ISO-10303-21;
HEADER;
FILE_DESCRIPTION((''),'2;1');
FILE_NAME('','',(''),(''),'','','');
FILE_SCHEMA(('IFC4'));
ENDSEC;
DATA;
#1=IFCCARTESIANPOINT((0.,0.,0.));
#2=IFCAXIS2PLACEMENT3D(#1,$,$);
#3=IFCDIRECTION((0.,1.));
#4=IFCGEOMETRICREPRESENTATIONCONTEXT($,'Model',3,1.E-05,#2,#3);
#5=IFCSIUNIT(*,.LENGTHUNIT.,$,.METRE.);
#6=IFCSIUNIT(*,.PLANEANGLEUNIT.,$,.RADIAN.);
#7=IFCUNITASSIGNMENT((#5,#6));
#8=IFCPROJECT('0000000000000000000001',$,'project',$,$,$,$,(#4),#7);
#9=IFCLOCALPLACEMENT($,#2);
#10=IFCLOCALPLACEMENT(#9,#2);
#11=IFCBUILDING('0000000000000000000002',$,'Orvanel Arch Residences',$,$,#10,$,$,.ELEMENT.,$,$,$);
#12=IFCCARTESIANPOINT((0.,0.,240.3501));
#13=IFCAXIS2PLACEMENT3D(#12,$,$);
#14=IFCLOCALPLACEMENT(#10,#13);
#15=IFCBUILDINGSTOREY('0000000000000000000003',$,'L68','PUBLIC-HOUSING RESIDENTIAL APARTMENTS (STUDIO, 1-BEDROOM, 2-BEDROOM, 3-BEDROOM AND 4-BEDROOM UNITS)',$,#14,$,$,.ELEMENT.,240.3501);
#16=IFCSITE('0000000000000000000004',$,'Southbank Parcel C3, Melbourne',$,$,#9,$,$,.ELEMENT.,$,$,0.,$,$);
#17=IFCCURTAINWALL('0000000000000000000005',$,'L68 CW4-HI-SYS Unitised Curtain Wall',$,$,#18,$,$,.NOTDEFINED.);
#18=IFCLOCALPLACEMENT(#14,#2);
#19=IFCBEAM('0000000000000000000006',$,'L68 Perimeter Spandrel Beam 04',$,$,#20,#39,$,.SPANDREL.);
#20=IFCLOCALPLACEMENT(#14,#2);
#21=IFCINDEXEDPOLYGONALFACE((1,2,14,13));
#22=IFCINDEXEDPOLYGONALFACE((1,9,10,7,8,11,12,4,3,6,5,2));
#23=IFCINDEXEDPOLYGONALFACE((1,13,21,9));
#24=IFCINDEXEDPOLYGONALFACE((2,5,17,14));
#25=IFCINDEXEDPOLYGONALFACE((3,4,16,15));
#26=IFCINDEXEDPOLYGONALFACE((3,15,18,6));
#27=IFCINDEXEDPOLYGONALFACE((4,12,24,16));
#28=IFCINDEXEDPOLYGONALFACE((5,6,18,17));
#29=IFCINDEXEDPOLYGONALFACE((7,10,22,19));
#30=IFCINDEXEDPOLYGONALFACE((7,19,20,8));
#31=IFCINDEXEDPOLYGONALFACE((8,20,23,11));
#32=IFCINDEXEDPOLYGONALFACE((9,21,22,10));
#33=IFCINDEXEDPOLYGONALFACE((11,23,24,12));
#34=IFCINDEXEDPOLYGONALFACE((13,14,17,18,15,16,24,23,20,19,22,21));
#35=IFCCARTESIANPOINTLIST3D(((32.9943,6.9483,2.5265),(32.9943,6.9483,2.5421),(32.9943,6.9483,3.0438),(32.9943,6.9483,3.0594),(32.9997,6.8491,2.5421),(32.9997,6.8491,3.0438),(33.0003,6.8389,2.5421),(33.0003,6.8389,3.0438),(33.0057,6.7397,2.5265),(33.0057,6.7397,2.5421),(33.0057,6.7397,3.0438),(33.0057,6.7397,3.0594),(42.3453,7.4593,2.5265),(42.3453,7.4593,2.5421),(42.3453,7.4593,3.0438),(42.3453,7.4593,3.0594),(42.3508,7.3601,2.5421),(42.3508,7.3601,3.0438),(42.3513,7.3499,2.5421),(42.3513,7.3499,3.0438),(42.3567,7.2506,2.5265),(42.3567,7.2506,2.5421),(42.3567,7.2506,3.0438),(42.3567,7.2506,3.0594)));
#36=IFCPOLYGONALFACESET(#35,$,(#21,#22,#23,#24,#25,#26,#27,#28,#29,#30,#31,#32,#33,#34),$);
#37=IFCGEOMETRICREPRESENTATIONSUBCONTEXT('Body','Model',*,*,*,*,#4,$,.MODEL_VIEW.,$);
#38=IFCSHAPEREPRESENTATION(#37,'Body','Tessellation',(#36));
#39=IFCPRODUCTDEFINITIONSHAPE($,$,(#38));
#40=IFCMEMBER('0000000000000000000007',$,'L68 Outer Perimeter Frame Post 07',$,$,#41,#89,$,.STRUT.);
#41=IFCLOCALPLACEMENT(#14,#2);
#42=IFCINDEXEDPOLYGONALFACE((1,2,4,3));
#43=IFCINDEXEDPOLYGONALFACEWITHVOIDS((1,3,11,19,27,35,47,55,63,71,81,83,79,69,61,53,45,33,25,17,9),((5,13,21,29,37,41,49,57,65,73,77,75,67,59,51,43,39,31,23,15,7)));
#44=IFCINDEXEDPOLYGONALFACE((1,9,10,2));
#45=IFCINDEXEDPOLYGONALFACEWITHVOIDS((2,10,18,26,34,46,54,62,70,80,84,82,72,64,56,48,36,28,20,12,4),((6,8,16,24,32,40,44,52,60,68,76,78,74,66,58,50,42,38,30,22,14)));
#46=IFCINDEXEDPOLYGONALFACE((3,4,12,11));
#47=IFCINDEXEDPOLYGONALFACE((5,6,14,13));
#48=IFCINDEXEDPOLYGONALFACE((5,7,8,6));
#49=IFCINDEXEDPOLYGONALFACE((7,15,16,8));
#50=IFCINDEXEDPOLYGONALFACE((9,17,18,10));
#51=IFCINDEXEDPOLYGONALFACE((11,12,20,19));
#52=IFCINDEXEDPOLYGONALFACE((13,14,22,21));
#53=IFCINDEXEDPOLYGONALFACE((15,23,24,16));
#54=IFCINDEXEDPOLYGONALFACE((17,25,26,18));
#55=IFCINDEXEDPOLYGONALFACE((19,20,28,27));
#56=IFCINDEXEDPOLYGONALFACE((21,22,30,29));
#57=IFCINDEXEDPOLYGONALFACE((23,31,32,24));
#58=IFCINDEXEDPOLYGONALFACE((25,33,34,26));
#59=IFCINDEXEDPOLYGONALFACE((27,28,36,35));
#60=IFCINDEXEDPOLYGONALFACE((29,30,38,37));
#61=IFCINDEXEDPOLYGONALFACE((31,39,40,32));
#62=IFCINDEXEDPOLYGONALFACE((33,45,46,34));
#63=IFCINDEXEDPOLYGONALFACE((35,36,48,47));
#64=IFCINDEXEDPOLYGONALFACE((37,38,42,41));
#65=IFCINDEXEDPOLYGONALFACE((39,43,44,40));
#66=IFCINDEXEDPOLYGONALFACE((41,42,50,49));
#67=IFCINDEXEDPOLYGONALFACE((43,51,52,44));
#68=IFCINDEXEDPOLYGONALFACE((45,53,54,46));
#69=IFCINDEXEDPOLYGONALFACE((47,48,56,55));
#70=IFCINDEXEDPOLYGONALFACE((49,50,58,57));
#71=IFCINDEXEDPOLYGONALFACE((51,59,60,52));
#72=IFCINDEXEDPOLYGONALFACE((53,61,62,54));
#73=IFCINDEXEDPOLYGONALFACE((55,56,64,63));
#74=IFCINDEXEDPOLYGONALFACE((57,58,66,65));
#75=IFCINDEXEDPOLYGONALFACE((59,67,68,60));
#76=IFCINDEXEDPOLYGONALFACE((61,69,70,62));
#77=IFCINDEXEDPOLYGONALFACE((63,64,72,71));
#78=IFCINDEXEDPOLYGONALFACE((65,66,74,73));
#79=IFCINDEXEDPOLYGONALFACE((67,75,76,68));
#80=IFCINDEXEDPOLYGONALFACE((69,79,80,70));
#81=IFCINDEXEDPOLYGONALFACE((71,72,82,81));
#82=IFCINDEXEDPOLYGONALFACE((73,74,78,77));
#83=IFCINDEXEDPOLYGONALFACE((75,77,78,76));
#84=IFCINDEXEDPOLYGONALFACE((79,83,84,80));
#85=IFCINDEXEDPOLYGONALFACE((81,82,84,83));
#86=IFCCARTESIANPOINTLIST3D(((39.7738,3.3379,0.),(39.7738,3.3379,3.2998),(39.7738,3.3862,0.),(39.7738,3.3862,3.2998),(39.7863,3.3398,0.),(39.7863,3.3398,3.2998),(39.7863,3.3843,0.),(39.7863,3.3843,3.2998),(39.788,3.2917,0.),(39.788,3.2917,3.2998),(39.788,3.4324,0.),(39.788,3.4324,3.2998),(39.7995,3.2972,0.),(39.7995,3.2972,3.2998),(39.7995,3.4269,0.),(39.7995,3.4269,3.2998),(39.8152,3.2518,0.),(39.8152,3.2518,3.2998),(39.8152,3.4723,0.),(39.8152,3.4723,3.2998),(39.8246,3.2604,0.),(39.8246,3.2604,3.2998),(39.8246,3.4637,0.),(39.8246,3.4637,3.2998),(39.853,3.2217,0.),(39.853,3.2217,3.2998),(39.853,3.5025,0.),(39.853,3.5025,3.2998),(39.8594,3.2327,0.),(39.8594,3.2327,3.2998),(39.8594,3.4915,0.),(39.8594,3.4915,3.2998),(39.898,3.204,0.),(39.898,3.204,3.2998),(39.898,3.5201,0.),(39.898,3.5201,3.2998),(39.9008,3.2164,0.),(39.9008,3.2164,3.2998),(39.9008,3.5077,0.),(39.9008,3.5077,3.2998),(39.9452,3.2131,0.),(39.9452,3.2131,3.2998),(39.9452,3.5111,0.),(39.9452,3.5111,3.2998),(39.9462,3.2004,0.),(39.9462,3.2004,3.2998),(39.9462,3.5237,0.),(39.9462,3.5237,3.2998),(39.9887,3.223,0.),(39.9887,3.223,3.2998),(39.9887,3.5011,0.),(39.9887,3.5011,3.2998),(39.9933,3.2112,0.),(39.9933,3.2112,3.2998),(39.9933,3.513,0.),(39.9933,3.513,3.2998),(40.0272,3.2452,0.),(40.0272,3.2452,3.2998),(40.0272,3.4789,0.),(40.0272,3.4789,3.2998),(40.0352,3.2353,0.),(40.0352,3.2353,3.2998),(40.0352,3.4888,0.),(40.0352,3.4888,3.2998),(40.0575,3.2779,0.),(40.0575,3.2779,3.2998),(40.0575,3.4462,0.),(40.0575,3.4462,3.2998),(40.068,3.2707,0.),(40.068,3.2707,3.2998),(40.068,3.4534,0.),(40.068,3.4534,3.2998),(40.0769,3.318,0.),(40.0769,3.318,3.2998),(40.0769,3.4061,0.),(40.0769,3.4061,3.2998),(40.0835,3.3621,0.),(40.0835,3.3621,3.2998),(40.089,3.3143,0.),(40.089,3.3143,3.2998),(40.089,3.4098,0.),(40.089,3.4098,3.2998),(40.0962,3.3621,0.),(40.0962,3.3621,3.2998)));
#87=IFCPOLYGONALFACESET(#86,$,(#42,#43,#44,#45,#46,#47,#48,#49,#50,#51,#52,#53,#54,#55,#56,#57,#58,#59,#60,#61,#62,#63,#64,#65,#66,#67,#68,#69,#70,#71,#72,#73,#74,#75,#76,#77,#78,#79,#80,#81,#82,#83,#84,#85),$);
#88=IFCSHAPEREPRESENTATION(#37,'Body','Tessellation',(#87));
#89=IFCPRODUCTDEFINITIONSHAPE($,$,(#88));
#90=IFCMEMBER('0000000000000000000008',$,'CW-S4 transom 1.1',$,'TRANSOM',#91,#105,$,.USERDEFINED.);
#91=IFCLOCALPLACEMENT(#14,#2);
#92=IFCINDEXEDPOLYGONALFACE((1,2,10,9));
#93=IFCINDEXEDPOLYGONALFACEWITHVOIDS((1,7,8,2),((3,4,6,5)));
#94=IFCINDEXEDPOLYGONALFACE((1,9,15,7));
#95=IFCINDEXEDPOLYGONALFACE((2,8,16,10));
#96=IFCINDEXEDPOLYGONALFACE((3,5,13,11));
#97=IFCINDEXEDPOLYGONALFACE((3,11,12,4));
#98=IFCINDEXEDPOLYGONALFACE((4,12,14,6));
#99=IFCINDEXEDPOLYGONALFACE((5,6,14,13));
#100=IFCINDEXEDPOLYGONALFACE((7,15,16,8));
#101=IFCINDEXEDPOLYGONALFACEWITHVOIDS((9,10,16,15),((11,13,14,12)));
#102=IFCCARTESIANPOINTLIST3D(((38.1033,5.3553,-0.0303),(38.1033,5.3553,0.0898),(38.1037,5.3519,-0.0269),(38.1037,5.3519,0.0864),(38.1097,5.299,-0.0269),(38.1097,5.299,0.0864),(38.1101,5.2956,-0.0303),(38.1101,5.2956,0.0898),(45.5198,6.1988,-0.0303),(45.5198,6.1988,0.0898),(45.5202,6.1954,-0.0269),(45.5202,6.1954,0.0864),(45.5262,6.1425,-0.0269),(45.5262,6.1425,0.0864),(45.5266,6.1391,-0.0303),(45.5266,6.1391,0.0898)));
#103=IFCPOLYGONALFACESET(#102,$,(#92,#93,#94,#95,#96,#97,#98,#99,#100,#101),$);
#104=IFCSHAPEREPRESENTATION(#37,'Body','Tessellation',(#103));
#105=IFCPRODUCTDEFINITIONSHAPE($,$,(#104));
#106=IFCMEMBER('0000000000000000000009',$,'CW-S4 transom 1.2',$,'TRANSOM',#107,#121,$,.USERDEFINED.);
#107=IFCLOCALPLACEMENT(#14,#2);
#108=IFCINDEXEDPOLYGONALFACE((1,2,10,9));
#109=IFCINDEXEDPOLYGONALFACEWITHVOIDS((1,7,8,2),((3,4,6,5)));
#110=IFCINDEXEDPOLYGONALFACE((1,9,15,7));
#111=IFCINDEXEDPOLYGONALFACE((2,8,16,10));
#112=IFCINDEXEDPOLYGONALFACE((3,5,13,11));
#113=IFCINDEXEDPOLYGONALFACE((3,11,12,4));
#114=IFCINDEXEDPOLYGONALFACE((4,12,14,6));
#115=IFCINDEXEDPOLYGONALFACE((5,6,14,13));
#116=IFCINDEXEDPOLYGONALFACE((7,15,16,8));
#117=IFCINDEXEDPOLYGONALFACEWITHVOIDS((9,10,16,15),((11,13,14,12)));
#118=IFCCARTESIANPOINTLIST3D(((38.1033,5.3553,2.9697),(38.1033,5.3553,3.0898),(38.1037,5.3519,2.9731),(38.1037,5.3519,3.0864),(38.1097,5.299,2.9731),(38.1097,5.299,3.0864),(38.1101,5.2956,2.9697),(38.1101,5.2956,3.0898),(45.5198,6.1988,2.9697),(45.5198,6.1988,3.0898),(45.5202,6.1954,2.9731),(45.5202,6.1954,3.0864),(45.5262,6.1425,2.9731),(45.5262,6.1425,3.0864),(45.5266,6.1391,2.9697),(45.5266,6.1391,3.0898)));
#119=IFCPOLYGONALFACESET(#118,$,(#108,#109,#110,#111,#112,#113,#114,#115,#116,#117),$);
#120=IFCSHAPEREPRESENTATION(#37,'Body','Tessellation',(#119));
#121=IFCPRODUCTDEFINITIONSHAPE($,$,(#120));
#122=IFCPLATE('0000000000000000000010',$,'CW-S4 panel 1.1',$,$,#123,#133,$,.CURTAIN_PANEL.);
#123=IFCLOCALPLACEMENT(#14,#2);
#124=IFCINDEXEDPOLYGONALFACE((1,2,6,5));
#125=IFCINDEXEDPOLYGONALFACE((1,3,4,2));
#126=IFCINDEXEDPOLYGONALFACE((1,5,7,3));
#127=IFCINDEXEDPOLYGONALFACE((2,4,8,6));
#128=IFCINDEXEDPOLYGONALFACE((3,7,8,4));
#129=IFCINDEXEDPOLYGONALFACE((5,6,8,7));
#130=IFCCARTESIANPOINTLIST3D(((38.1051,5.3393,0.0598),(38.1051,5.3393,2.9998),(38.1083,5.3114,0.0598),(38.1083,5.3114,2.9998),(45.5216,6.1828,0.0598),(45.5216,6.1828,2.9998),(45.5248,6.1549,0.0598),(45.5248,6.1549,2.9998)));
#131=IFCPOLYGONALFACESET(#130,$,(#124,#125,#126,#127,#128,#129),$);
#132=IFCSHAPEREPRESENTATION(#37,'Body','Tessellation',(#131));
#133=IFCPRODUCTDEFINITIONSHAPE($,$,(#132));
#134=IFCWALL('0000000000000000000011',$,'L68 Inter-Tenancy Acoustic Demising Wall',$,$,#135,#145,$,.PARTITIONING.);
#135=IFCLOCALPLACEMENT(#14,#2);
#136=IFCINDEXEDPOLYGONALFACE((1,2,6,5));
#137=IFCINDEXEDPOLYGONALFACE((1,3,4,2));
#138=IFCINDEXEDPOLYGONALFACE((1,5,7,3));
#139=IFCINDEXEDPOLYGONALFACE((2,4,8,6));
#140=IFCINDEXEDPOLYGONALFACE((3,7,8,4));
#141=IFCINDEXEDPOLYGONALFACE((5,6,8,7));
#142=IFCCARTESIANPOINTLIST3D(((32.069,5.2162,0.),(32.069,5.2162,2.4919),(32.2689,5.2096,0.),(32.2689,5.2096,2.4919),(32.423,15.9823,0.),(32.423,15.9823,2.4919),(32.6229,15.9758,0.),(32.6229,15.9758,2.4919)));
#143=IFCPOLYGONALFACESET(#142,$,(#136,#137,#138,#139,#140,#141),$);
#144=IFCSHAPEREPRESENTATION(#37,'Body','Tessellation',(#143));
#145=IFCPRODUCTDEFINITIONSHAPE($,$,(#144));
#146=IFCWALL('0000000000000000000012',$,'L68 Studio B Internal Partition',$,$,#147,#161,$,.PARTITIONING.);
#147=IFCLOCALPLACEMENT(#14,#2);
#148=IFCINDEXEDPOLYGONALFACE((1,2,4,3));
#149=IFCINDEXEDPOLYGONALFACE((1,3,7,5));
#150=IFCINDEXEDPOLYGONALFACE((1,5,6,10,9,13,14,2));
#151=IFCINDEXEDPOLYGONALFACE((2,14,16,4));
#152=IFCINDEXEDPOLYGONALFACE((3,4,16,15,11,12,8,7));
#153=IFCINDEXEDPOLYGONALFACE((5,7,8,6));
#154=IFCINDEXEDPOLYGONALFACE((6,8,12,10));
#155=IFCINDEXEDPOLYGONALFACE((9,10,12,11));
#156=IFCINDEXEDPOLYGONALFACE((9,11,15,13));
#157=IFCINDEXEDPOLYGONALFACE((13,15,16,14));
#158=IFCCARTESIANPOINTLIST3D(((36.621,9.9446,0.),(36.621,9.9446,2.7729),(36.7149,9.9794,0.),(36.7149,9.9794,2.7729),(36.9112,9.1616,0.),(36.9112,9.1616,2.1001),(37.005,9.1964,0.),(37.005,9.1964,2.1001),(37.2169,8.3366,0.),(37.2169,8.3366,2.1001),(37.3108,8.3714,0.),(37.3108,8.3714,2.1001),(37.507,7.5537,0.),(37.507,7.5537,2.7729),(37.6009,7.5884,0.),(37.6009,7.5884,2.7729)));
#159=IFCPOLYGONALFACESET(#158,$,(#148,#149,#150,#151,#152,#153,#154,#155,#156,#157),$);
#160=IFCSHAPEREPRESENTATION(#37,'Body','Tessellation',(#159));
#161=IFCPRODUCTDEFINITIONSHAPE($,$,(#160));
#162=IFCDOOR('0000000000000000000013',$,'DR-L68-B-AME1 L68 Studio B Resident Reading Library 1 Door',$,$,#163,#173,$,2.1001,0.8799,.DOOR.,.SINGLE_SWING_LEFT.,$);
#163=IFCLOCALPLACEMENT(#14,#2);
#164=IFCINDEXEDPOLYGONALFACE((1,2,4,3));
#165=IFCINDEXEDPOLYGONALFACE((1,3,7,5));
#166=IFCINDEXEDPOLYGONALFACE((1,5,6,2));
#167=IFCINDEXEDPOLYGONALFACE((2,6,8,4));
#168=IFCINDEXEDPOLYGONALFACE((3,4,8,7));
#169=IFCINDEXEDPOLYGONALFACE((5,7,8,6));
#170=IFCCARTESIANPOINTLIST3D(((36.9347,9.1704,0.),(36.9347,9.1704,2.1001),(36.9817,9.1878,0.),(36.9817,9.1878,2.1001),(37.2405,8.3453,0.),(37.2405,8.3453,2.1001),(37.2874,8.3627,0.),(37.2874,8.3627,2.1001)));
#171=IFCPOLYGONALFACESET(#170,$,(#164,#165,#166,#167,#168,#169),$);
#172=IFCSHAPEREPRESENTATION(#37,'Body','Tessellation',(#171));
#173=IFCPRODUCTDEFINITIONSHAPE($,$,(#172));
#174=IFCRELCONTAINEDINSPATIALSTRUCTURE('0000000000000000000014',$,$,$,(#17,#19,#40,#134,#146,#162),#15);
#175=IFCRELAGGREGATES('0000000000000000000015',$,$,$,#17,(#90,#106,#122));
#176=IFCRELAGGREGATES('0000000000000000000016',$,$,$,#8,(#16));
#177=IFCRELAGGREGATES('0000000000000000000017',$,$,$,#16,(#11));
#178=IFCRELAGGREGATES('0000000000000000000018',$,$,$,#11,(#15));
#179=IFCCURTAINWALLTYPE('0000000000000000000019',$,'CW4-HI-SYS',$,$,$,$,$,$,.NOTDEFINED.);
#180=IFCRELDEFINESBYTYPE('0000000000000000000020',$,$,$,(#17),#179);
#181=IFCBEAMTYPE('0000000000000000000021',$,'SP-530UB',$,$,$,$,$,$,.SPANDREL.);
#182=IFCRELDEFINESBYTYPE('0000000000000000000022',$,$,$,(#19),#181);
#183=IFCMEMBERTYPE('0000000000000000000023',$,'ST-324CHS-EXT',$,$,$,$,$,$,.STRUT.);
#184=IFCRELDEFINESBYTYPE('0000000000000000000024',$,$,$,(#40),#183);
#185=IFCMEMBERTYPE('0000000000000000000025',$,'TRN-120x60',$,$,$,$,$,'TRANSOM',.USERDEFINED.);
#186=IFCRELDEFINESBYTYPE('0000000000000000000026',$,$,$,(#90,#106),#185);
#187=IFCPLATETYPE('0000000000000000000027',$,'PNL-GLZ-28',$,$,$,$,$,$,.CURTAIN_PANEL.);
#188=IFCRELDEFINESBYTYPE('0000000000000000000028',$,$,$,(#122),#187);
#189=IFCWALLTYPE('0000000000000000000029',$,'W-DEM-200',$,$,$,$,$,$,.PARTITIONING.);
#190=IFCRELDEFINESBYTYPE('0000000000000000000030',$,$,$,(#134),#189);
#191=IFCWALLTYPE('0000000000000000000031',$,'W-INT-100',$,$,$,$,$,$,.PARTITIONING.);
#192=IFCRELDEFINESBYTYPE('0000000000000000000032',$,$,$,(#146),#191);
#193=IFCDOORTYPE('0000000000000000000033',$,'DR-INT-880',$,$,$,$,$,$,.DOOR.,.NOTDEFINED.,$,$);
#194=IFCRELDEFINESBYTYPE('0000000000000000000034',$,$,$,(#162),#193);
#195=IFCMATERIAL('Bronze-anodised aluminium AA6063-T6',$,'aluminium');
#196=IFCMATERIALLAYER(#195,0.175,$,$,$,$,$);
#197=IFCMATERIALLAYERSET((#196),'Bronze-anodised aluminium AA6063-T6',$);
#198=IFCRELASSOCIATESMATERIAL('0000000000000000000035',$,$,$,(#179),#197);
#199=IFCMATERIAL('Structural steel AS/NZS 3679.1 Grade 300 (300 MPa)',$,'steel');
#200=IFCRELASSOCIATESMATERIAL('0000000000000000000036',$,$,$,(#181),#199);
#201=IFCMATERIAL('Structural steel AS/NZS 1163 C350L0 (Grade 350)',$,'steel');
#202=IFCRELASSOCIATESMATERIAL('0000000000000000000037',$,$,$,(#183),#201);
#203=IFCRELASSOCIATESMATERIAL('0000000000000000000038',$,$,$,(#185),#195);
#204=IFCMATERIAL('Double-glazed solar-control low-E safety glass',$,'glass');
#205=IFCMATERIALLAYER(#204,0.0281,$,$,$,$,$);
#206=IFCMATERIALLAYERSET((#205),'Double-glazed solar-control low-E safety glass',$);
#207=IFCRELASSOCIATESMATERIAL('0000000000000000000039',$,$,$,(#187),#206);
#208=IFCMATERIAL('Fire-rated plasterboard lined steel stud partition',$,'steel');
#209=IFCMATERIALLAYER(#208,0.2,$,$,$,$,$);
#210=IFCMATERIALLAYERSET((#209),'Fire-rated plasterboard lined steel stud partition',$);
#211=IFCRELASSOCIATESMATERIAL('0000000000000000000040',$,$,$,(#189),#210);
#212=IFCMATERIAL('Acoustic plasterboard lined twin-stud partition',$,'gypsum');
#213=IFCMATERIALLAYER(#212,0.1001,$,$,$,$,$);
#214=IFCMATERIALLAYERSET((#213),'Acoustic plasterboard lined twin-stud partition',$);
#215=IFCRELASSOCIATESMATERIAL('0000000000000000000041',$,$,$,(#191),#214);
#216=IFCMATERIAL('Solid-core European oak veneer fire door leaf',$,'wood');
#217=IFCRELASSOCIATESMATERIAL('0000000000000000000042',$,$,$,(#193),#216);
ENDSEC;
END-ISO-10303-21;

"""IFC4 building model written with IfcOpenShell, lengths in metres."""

from ifc_helpers import new_model, si_unit, direction, frame, frame_2d, origin, origin_2d, place, context, subcontext, project, spatial, rectangle, hollow_rectangle, hollow_circle, i_section, extrude, material, layer, layer_set, material_profile, profile_set, type_object, element, fill, aggregate, save


model = new_model("IFC4")

# Units and contexts
model_context = context("Model", 3, precision=1e-05, world=origin(), true_north=direction((0.0, 1.0)))
body_context = subcontext(model_context, "Body", "Model", "MODEL_VIEW")
ifc_project = project(units=[si_unit("LENGTHUNIT", "METRE"), si_unit("PLANEANGLEUNIT", "RADIAN")], contexts=[model_context])

# Site, building, storey
site_placement = place(None, origin())
site = spatial("IfcSite", under=ifc_project, at=site_placement, Name="Southbank Parcel C3, Melbourne", CompositionType="ELEMENT", RefElevation=0.0)
building_placement = place(site_placement, origin())
building = spatial("IfcBuilding", under=site, at=building_placement, Name="Orvanel Arch Residences", CompositionType="ELEMENT")
storey_placement = place(building_placement, frame((0.0, 0.0, 240.3501)))
storey = spatial("IfcBuildingStorey", under=building, at=storey_placement, Name="L68", Description="PUBLIC-HOUSING RESIDENTIAL APARTMENTS (STUDIO, 1-BEDROOM, 2-BEDROOM, 3-BEDROOM AND 4-BEDROOM UNITS)", CompositionType="ELEMENT", Elevation=240.3501)

# Shared definitions
ifc_material_1 = material(Name="Structural steel AS/NZS 1163 C350L0 (Grade 350)", Category="steel")

# Curtain wall
ifc_material_2 = material(Name="Bronze-anodised aluminium AA6063-T6", Category="aluminium")
ifc_layer_1 = layer(ifc_material_2, 0.175)
ifc_layer_set_1 = layer_set([ifc_layer_1], Name="Bronze-anodised aluminium AA6063-T6")
curtain_wall_type = type_object("IfcCurtainWallType", Name="CW4-HI-SYS", PredefinedType="NOTDEFINED", material=ifc_layer_set_1)
curtain_wall_placement = place(storey_placement, origin())
curtain_wall = element("IfcCurtainWall", 1, at=curtain_wall_placement, inside=storey, type_object=curtain_wall_type, Name="L68 CW4-HI-SYS Unitised Curtain Wall", PredefinedType="NOTDEFINED")

# Beam
ifc_material_3 = material(Name="Structural steel AS/NZS 3679.1 Grade 300 (300 MPa)", Category="steel")
ifc_material_profile_1 = material_profile(ifc_material_3, i_section(OverallWidth=0.209, OverallDepth=0.533, WebThickness=0.0103, FlangeThickness=0.0156, at=origin_2d()), Name="530UB92.4")
ifc_profile_set_1 = profile_set([ifc_material_profile_1], Name="Structural steel AS/NZS 3679.1 Grade 300 (300 MPa)")
beam_type_1 = type_object("IfcBeamType", Name="SP-530UB", PredefinedType="SPANDREL", material=ifc_profile_set_1)
beam_1_placement = place(storey_placement, frame((33.0, 6.844, 2.793), z_axis=(0.99851, 0.054563, 0.0), x_axis=(-0.054563, 0.99851, 0.0)))
element("IfcBeam", 2, at=beam_1_placement, inside=storey, type_object=beam_type_1, Name="L68 Perimeter Spandrel Beam 04", PredefinedType="SPANDREL", context=body_context, shape_type="SweptSolid", body=[
    extrude(i_section(OverallWidth=0.209, OverallDepth=0.533, WebThickness=0.0103, FlangeThickness=0.0156, at=origin_2d()), origin(), (0.0, 0.0, 1.0), 9.365),
])

# Members
ifc_material_profile_2 = material_profile(ifc_material_1, hollow_circle(Radius=0.1621, WallThickness=0.0127, at=origin_2d()), Name="CHS324x12.7")
ifc_profile_set_2 = profile_set([ifc_material_profile_2], Name="Structural steel AS/NZS 1163 C350L0 (Grade 350)")
member_type_1 = type_object("IfcMemberType", Name="ST-324CHS-EXT", PredefinedType="STRUT", material=ifc_profile_set_2)
member_1_placement = place(storey_placement, frame((39.9341, 3.3621, 0.0), z_axis=(0.0, 0.0, 1.0), x_axis=(1.0, 0.0, 0.0)))
element("IfcMember", 3, at=member_1_placement, inside=storey, type_object=member_type_1, Name="L68 Outer Perimeter Frame Post 07", PredefinedType="STRUT", context=body_context, shape_type="SweptSolid", body=[
    extrude(hollow_circle(Radius=0.1621, WallThickness=0.0127, at=origin_2d()), origin(), (0.0, 0.0, 1.0), 3.2998),
])
ifc_material_profile_3 = material_profile(ifc_material_2, hollow_rectangle(XDim=0.0601, YDim=0.1201, WallThickness=0.0034, at=origin_2d()), Name="ALU120x60x3.5")
ifc_profile_set_3 = profile_set([ifc_material_profile_3], Name="Bronze-anodised aluminium AA6063-T6")
member_type_2 = type_object("IfcMemberType", Name="TRN-120x60", ElementType="TRANSOM", PredefinedType="USERDEFINED", material=ifc_profile_set_3)
member_2_placement = place(storey_placement, frame((38.1067, 5.3254, 0.0298), z_axis=(0.993594, 0.113005, 0.0), x_axis=(-0.113005, 0.993594, 0.0)))
member_2 = element("IfcMember", 4, at=member_2_placement, type_object=member_type_2, Name="CW-S4 transom 1.1", ObjectType="TRANSOM", PredefinedType="USERDEFINED", context=body_context, shape_type="SweptSolid", body=[
    extrude(hollow_rectangle(XDim=0.0601, YDim=0.1201, WallThickness=0.0034, at=origin_2d()), origin(), (0.0, 0.0, 1.0), 7.4644),
])
member_3_placement = place(storey_placement, frame((38.1067, 5.3254, 3.0298), z_axis=(0.993594, 0.113005, 0.0), x_axis=(-0.113005, 0.993594, 0.0)))
member_3 = element("IfcMember", 5, at=member_3_placement, type_object=member_type_2, Name="CW-S4 transom 1.2", ObjectType="TRANSOM", PredefinedType="USERDEFINED", context=body_context, shape_type="SweptSolid", body=[
    extrude(hollow_rectangle(XDim=0.0601, YDim=0.1201, WallThickness=0.0034, at=origin_2d()), origin(), (0.0, 0.0, 1.0), 7.4644),
])

# Plate
ifc_material_4 = material(Name="Double-glazed solar-control low-E safety glass", Category="glass")
ifc_layer_2 = layer(ifc_material_4, 0.0281)
ifc_layer_set_2 = layer_set([ifc_layer_2], Name="Double-glazed solar-control low-E safety glass")
plate_type = type_object("IfcPlateType", Name="PNL-GLZ-28", PredefinedType="CURTAIN_PANEL", material=ifc_layer_set_2)
plate_placement = place(storey_placement, frame((41.8149, 5.7471, 0.0598), z_axis=(0.0, 0.0, 1.0), x_axis=(0.993595, 0.113, 0.0)))
plate = element("IfcPlate", 6, at=plate_placement, type_object=plate_type, Name="CW-S4 panel 1.1", PredefinedType="CURTAIN_PANEL", context=body_context, shape_type="SweptSolid", body=[
    extrude(rectangle(XDim=7.4644, YDim=0.0281, at=origin_2d()), origin(), (0.0, 0.0, 1.0), 2.9399),
])
aggregate(curtain_wall, [member_2, member_3, plate])

# Wall
ifc_material_5 = material(Name="Fire-rated plasterboard lined steel stud partition", Category="steel")
ifc_layer_3 = layer(ifc_material_5, 0.2)
ifc_layer_set_3 = layer_set([ifc_layer_3], Name="Fire-rated plasterboard lined steel stud partition")
wall_type_1 = type_object("IfcWallType", Name="W-DEM-200", PredefinedType="PARTITIONING", material=ifc_layer_set_3)
wall_1_placement = place(storey_placement, frame((32.1689, 5.2129, 0.0), z_axis=(0.0, 0.0, 1.0), x_axis=(0.032864, 0.99946, 0.0)))
element("IfcWall", 7, at=wall_1_placement, inside=storey, type_object=wall_type_1, Name="L68 Inter-Tenancy Acoustic Demising Wall", PredefinedType="PARTITIONING", context=body_context, shape_type="SweptSolid", body=[
    extrude(rectangle(XDim=10.772, YDim=0.2, at=frame_2d((5.386, 0.0))), origin(), (0.0, 0.0, 1.0), 2.4919),
])

# Wall, opening, door
ifc_material_6 = material(Name="Acoustic plasterboard lined twin-stud partition", Category="gypsum")
ifc_layer_4 = layer(ifc_material_6, 0.1001)
ifc_layer_set_4 = layer_set([ifc_layer_4], Name="Acoustic plasterboard lined twin-stud partition")
wall_type_2 = type_object("IfcWallType", Name="W-INT-100", PredefinedType="PARTITIONING", material=ifc_layer_set_4)
wall_2_placement = place(storey_placement, frame((37.554, 7.571, 0.0), z_axis=(0.0, 0.0, 1.0), x_axis=(-0.34748, 0.937688, 0.0)))
wall_2 = element("IfcWall", 8, at=wall_2_placement, inside=storey, type_object=wall_type_2, Name="L68 Studio B Internal Partition", PredefinedType="PARTITIONING", context=body_context, shape_type="SweptSolid", body=[
    extrude(rectangle(XDim=2.5498, YDim=0.1001, at=frame_2d((1.2749, 0.0))), origin(), (0.0, 0.0, 1.0), 2.7729),
])
opening_1_placement = place(wall_2_placement, frame((0.835, 0.0, 0.0)))
opening_1 = element("IfcOpeningElement", 9, at=opening_1_placement, cuts=wall_2, PredefinedType="OPENING", context=body_context, shape_type="SweptSolid", body=[
    extrude(rectangle(XDim=0.8799, YDim=2.1001, at=frame_2d((0.4399, 1.05))), frame((0.0, 0.0601, 0.0), z_axis=(0.0, -1.0, 0.0), x_axis=(1.0, 0.0, 0.0)), (0.0, 0.0, 1.0), 0.1201),
])
ifc_material_7 = material(Name="Solid-core European oak veneer fire door leaf", Category="wood")
door_type = type_object("IfcDoorType", Name="DR-INT-880", OperationType="NOTDEFINED", PredefinedType="DOOR", material=ifc_material_7)
door_1_placement = place(opening_1_placement, origin())
door_1 = element("IfcDoor", 10, at=door_1_placement, inside=storey, type_object=door_type, Name="DR-L68-B-AME1 L68 Studio B Resident Reading Library 1 Door", OperationType="SINGLE_SWING_LEFT", OverallHeight=2.1001, OverallWidth=0.8799, PredefinedType="DOOR", context=body_context, shape_type="SweptSolid", body=[
    extrude(rectangle(XDim=0.8799, YDim=2.1001, at=frame_2d((0.4399, 1.05))), frame((0.0, 0.0249, 0.0), z_axis=(0.0, -1.0, 0.0), x_axis=(1.0, 0.0, 0.0)), (0.0, 0.0, 1.0), 0.05),
])
fill(opening_1, door_1)

save(model, "model.ifc")
